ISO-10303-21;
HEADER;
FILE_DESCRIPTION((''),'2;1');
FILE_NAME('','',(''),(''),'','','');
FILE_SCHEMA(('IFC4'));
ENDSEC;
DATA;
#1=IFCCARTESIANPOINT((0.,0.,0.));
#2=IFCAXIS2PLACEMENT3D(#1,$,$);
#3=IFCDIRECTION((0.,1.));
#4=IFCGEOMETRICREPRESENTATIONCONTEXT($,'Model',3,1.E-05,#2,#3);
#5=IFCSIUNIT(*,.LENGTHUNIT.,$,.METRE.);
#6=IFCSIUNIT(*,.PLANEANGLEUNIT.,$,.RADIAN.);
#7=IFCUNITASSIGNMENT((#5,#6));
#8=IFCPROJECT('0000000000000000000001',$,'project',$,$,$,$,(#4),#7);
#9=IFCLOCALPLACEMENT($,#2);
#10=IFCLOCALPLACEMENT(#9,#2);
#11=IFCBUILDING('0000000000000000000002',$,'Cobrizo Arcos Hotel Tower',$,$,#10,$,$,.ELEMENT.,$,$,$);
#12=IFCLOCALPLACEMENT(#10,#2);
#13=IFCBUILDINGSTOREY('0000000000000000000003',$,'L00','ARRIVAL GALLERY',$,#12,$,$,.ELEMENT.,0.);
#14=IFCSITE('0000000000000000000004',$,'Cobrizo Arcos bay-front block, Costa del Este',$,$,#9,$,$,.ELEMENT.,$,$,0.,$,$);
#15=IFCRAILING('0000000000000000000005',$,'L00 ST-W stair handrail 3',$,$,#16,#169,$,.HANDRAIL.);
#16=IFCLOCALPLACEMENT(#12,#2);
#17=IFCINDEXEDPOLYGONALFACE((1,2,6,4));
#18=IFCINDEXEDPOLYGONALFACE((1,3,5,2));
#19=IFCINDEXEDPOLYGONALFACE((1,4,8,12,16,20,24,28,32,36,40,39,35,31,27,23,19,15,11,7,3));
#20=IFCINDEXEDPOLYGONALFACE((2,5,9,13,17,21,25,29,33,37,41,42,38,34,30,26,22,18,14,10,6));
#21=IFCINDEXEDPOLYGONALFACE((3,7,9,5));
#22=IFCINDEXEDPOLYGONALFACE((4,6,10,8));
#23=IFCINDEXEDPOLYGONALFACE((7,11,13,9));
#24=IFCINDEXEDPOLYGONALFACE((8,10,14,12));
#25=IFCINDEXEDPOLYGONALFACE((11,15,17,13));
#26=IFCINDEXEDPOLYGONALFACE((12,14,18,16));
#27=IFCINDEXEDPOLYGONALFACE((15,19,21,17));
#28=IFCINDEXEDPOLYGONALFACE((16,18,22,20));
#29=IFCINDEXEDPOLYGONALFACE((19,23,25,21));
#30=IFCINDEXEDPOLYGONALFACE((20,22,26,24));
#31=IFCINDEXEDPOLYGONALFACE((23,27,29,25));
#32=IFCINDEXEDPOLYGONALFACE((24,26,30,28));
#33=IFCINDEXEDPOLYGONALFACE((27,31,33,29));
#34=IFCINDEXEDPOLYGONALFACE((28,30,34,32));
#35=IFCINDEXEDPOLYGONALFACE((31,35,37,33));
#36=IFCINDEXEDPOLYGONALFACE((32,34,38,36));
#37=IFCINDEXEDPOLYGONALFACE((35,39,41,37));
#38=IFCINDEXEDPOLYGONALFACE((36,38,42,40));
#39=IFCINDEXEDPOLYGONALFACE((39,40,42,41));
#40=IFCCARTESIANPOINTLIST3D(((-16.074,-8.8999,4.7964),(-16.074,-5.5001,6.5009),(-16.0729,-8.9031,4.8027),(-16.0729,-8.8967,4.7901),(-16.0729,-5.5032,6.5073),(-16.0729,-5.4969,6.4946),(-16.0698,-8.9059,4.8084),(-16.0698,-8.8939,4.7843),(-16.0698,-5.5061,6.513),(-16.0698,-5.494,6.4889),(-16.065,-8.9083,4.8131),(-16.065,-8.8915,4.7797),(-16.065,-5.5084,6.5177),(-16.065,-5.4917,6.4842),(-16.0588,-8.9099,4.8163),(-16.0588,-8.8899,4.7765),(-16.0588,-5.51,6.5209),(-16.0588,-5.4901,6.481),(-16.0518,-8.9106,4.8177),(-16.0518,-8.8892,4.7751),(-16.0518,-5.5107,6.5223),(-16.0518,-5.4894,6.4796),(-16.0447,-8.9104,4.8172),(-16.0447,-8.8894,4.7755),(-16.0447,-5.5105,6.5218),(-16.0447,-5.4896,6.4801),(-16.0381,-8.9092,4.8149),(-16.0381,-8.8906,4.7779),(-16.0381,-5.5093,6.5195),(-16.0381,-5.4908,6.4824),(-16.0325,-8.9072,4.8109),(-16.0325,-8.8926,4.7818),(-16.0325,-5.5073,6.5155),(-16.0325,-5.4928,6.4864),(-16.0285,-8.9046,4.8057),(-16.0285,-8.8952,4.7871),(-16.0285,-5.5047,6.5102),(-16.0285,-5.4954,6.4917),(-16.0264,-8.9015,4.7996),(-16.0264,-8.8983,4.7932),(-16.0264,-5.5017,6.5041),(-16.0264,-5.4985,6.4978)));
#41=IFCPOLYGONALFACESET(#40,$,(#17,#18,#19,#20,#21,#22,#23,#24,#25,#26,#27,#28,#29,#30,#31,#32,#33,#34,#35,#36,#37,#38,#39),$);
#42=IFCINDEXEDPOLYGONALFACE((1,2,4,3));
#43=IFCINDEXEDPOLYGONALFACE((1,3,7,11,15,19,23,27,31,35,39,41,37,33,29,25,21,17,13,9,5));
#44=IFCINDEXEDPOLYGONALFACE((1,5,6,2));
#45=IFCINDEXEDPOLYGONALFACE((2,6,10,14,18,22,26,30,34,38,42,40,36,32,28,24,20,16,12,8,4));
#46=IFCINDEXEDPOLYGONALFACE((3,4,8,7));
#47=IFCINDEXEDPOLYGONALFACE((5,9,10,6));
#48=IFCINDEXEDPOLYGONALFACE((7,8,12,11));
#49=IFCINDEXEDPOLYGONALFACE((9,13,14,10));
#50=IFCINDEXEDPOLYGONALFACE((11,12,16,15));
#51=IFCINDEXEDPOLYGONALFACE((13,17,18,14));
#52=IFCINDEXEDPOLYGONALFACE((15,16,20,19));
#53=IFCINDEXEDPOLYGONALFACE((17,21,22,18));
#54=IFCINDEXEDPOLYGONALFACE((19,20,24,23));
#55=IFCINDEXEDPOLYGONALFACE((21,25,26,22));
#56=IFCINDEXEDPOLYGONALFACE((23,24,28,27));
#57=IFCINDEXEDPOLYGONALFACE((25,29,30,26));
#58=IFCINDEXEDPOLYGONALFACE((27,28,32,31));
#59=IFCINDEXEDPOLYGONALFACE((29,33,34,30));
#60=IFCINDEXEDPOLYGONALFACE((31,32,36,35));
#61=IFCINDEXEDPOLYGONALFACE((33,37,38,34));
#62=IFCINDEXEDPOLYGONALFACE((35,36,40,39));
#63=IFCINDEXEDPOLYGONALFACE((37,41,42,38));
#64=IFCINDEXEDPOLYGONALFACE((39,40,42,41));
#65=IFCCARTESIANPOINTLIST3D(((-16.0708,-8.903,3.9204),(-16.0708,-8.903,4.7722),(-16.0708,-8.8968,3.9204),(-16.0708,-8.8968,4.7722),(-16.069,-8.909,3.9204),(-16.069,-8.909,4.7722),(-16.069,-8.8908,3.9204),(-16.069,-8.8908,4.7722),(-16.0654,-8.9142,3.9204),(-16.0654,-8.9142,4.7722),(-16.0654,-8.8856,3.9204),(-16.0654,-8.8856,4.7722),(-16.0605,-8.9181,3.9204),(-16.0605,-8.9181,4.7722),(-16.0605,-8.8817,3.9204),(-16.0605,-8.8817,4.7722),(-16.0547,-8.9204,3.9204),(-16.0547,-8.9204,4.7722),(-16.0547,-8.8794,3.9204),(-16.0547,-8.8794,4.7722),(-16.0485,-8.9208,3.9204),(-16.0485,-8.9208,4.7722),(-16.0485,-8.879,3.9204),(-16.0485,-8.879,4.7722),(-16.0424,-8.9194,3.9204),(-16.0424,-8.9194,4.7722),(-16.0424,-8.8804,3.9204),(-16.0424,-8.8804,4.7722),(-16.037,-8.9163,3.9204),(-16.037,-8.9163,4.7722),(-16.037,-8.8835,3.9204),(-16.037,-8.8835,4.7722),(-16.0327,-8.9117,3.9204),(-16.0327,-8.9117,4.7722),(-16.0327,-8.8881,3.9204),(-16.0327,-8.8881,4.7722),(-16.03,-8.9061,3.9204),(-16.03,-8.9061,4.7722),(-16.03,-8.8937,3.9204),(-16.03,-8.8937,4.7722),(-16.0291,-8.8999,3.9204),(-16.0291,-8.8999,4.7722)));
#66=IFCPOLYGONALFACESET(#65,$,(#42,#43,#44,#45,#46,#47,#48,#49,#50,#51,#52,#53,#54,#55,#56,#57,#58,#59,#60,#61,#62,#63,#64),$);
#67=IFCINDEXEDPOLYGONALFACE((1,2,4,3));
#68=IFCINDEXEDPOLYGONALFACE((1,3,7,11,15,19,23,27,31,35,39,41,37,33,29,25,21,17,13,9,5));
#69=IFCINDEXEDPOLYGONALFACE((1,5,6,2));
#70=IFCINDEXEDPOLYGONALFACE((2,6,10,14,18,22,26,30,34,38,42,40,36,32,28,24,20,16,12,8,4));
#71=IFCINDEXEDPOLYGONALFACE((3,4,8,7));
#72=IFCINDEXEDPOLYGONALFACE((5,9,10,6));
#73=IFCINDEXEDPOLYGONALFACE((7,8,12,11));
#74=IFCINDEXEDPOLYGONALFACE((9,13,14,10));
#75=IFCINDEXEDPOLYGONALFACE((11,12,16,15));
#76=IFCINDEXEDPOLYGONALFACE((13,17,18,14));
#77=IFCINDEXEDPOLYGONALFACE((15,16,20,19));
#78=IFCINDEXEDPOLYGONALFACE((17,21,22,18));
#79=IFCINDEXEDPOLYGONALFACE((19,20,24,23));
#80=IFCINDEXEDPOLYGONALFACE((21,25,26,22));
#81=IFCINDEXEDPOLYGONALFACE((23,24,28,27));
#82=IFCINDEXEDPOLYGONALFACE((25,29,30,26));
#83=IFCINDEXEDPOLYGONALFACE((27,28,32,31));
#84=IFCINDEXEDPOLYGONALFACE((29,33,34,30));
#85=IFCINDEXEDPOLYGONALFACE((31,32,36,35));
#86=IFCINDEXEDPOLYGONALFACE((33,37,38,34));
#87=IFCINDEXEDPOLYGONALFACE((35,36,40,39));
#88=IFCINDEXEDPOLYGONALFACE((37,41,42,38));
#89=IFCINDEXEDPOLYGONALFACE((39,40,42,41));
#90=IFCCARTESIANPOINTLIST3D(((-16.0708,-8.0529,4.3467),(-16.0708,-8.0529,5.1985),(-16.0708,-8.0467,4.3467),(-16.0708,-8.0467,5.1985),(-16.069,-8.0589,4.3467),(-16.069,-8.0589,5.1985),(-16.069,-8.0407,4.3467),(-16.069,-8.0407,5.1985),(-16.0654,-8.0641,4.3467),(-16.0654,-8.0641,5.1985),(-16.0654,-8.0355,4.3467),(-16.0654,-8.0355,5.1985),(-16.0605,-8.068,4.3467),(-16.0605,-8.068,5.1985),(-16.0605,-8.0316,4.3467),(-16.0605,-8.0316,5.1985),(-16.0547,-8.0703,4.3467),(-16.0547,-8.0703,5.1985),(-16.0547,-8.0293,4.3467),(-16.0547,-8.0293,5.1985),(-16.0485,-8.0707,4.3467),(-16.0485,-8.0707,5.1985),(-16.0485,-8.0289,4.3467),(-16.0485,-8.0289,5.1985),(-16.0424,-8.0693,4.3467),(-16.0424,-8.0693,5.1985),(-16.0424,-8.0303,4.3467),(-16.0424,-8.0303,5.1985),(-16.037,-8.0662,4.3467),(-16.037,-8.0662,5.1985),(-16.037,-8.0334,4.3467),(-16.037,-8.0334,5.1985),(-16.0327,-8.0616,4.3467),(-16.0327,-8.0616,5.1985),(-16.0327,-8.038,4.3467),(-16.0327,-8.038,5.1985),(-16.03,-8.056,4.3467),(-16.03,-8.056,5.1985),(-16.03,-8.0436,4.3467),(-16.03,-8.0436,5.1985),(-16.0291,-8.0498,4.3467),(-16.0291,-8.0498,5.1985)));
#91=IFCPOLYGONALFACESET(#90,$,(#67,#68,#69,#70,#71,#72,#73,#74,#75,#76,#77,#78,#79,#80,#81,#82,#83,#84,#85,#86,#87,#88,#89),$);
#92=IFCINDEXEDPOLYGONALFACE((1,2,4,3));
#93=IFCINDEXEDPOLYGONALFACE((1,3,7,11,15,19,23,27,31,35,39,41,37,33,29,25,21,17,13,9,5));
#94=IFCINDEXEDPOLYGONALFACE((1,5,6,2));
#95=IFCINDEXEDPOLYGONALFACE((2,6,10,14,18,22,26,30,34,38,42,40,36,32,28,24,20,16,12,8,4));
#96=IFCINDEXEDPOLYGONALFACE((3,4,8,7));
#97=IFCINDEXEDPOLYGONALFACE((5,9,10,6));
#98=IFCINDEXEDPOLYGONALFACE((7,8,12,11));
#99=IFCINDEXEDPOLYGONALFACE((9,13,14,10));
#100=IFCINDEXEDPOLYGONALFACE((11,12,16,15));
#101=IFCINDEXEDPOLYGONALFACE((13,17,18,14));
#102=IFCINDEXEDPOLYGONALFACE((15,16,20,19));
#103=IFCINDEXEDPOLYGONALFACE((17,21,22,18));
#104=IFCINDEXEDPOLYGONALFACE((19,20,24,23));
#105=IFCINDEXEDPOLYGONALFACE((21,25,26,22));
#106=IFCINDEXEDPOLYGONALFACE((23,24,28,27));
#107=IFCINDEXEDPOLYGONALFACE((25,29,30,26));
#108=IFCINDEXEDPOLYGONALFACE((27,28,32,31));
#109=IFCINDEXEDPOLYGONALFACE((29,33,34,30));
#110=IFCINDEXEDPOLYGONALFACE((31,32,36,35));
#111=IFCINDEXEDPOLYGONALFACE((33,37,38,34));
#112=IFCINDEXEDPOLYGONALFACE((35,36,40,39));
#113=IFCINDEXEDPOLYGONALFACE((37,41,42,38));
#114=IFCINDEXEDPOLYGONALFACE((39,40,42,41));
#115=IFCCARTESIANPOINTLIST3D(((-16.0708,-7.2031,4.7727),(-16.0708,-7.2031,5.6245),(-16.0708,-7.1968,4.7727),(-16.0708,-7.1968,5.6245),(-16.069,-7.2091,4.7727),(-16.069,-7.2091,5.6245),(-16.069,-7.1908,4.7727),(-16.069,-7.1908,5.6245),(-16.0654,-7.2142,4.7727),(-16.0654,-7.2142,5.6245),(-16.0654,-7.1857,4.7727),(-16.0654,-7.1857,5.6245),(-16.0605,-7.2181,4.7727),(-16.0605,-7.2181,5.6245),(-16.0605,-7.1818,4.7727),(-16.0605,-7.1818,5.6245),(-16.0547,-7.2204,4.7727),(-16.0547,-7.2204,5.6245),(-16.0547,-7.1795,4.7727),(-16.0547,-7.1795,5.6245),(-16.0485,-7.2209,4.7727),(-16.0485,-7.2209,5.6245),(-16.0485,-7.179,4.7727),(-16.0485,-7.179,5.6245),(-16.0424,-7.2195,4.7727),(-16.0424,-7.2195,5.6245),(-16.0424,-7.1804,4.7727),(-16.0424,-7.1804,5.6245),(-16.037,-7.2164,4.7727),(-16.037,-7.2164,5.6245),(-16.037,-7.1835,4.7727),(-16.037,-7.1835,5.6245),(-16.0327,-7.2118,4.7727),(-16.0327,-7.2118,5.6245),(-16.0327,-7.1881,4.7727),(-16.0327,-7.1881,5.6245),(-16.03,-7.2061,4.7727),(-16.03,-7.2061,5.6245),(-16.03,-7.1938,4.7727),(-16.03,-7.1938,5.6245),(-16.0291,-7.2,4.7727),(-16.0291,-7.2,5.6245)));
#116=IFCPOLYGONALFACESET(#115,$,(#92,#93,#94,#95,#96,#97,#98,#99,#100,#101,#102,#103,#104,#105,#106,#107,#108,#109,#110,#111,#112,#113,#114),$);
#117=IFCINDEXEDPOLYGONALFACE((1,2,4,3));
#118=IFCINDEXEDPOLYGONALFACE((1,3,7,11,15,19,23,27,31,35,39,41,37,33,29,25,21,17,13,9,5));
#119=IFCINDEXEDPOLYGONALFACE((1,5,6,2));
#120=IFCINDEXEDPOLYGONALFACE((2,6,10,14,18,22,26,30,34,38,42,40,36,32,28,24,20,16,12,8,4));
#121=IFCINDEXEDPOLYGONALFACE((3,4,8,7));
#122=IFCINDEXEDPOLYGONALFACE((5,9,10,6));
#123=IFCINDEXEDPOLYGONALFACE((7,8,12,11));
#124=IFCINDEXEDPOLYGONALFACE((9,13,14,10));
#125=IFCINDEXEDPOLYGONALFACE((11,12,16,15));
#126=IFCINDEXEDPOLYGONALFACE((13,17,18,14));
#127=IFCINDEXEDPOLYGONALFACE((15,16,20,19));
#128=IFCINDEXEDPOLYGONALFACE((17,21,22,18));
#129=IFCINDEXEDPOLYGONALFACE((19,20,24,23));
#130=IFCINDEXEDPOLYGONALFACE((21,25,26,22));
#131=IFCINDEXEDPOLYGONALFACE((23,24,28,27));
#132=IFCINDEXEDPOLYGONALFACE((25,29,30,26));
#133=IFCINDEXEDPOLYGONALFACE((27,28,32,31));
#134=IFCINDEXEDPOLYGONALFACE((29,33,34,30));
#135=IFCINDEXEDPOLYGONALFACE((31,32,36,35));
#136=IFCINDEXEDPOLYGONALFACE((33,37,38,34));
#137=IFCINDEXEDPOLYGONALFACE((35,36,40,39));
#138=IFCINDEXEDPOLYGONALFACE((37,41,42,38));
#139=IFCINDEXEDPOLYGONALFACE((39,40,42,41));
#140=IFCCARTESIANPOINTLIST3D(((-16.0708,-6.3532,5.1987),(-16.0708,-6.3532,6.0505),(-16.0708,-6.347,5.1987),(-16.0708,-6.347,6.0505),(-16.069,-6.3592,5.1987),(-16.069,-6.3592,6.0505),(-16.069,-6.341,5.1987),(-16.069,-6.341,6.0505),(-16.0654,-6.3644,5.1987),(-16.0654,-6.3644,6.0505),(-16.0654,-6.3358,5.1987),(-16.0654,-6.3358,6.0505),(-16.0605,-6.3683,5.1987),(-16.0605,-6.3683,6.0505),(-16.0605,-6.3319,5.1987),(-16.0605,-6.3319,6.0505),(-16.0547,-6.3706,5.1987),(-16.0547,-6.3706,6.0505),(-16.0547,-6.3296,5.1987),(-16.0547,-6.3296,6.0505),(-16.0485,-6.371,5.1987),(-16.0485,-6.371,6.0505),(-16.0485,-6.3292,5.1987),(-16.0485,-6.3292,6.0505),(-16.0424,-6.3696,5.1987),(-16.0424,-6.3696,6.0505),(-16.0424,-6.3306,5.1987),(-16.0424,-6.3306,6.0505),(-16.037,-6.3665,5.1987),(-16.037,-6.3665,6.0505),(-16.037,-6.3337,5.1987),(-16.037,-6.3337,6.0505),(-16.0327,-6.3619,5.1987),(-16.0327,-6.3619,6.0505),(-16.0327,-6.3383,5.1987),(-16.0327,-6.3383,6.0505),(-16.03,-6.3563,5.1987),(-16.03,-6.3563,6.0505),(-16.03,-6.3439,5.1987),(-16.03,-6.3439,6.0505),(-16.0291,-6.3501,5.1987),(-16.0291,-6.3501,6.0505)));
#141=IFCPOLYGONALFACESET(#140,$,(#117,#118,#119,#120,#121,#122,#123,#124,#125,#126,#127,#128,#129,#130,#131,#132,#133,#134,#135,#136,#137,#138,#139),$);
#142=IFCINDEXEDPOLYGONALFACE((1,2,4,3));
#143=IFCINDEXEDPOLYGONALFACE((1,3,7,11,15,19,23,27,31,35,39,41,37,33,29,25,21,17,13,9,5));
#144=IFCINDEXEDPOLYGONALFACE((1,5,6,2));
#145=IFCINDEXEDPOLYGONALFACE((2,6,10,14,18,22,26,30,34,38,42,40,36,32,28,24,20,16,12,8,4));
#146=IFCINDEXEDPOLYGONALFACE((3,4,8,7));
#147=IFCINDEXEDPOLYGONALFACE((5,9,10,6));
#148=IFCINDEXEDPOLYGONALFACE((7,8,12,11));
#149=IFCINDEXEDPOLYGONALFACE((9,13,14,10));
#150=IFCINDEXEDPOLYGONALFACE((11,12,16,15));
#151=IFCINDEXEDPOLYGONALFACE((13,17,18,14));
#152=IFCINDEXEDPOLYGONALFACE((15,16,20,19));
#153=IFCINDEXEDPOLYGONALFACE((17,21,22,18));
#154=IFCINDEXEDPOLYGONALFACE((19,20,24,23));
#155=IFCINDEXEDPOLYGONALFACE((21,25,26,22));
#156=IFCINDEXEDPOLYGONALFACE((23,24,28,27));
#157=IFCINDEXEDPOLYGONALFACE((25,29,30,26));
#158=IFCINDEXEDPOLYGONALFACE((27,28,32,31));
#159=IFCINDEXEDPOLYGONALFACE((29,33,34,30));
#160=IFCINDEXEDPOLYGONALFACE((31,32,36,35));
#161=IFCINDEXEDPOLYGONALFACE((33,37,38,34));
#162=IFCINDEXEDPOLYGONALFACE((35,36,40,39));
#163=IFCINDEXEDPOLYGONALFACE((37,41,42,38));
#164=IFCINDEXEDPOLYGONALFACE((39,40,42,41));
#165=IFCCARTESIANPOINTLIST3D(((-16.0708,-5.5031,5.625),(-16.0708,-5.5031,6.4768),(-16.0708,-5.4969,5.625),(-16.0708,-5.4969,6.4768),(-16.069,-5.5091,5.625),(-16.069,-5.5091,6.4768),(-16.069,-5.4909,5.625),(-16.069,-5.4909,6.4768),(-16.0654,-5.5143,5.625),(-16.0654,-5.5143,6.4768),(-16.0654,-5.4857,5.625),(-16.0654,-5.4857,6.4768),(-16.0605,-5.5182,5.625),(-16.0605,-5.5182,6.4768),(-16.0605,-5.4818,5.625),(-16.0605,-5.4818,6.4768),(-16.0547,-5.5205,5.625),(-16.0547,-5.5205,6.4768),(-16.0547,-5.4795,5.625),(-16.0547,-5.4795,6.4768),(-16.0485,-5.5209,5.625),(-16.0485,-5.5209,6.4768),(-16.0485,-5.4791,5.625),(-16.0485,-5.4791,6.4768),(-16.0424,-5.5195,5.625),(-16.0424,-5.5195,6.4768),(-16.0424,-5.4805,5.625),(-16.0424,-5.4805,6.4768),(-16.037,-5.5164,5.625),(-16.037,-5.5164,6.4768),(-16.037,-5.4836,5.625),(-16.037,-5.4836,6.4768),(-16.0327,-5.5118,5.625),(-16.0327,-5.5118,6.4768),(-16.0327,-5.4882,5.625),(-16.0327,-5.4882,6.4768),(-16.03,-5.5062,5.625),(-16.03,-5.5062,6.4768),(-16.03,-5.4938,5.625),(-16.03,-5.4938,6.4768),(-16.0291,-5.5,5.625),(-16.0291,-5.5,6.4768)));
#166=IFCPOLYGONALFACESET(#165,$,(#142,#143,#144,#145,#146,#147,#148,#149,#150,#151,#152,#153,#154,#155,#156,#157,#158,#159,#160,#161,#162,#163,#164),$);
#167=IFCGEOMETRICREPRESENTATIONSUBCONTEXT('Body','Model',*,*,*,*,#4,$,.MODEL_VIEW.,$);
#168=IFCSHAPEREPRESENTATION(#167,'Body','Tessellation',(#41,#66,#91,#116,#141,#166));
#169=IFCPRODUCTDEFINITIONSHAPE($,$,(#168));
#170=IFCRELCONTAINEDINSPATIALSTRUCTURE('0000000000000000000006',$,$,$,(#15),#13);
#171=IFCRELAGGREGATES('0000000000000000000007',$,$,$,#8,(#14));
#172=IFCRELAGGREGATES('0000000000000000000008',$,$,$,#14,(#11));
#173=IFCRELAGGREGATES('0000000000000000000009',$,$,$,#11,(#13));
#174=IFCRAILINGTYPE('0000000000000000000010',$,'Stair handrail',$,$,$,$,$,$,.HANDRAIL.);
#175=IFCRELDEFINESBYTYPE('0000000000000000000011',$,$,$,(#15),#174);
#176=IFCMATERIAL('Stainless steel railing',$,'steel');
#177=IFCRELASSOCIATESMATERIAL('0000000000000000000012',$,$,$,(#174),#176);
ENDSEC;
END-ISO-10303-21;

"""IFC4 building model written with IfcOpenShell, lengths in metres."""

from ifc_helpers import new_model, si_unit, direction, frame, origin, origin_2d, place, context, subcontext, project, spatial, circle, extrude, material, type_object, element, save


model = new_model("IFC4")

# Units and contexts
model_context = context("Model", 3, precision=1e-05, world=origin(), true_north=direction((0.0, 1.0)))
body_context = subcontext(model_context, "Body", "Model", "MODEL_VIEW")
ifc_project = project(units=[si_unit("LENGTHUNIT", "METRE"), si_unit("PLANEANGLEUNIT", "RADIAN")], contexts=[model_context])

# Site, building, storey
site_placement = place(None, origin())
site = spatial("IfcSite", under=ifc_project, at=site_placement, Name="Cobrizo Arcos bay-front block, Costa del Este", CompositionType="ELEMENT", RefElevation=0.0)
building_placement = place(site_placement, origin())
building = spatial("IfcBuilding", under=site, at=building_placement, Name="Cobrizo Arcos Hotel Tower", CompositionType="ELEMENT")
storey_placement = place(building_placement, origin())
storey = spatial("IfcBuildingStorey", under=building, at=storey_placement, Name="L00", Description="ARRIVAL GALLERY", CompositionType="ELEMENT", Elevation=0.0)

# Railing
ifc_material_1 = material(Name="Stainless steel railing", Category="steel")
railing_type = type_object("IfcRailingType", Name="Stair handrail", PredefinedType="HANDRAIL", material=ifc_material_1)
for number, where, name in (
    (1, (-16.05, -8.8999, 3.9204), "L00 ST-W stair handrail 3"),
):
    element("IfcRailing", number, at=place(storey_placement, frame(where)), inside=storey, type_object=railing_type, Name=name, PredefinedType="HANDRAIL", context=body_context, shape_type="SweptSolid", body=[
        extrude(circle(Radius=0.0239, at=origin_2d()), frame((0.0, 0.0, 0.876), z_axis=(0.0, 0.893939, 0.448189), x_axis=(-1.0, 0.0, 0.0)), (0.0, 0.0, 1.0), 3.8032),
        extrude(circle(Radius=0.021, at=origin_2d()), origin(), (0.0, 0.0, 1.0), 0.8518),
        extrude(circle(Radius=0.021, at=origin_2d()), frame((0.0, 0.8501, 0.4263)), (0.0, 0.0, 1.0), 0.8518),
        extrude(circle(Radius=0.021, at=origin_2d()), frame((0.0, 1.7, 0.8523)), (0.0, 0.0, 1.0), 0.8518),
        extrude(circle(Radius=0.021, at=origin_2d()), frame((0.0, 2.5498, 1.2783)), (0.0, 0.0, 1.0), 0.8518),
        extrude(circle(Radius=0.021, at=origin_2d()), frame((0.0, 3.3999, 1.7046)), (0.0, 0.0, 1.0), 0.8518),
    ])

save(model, "model.ifc")
